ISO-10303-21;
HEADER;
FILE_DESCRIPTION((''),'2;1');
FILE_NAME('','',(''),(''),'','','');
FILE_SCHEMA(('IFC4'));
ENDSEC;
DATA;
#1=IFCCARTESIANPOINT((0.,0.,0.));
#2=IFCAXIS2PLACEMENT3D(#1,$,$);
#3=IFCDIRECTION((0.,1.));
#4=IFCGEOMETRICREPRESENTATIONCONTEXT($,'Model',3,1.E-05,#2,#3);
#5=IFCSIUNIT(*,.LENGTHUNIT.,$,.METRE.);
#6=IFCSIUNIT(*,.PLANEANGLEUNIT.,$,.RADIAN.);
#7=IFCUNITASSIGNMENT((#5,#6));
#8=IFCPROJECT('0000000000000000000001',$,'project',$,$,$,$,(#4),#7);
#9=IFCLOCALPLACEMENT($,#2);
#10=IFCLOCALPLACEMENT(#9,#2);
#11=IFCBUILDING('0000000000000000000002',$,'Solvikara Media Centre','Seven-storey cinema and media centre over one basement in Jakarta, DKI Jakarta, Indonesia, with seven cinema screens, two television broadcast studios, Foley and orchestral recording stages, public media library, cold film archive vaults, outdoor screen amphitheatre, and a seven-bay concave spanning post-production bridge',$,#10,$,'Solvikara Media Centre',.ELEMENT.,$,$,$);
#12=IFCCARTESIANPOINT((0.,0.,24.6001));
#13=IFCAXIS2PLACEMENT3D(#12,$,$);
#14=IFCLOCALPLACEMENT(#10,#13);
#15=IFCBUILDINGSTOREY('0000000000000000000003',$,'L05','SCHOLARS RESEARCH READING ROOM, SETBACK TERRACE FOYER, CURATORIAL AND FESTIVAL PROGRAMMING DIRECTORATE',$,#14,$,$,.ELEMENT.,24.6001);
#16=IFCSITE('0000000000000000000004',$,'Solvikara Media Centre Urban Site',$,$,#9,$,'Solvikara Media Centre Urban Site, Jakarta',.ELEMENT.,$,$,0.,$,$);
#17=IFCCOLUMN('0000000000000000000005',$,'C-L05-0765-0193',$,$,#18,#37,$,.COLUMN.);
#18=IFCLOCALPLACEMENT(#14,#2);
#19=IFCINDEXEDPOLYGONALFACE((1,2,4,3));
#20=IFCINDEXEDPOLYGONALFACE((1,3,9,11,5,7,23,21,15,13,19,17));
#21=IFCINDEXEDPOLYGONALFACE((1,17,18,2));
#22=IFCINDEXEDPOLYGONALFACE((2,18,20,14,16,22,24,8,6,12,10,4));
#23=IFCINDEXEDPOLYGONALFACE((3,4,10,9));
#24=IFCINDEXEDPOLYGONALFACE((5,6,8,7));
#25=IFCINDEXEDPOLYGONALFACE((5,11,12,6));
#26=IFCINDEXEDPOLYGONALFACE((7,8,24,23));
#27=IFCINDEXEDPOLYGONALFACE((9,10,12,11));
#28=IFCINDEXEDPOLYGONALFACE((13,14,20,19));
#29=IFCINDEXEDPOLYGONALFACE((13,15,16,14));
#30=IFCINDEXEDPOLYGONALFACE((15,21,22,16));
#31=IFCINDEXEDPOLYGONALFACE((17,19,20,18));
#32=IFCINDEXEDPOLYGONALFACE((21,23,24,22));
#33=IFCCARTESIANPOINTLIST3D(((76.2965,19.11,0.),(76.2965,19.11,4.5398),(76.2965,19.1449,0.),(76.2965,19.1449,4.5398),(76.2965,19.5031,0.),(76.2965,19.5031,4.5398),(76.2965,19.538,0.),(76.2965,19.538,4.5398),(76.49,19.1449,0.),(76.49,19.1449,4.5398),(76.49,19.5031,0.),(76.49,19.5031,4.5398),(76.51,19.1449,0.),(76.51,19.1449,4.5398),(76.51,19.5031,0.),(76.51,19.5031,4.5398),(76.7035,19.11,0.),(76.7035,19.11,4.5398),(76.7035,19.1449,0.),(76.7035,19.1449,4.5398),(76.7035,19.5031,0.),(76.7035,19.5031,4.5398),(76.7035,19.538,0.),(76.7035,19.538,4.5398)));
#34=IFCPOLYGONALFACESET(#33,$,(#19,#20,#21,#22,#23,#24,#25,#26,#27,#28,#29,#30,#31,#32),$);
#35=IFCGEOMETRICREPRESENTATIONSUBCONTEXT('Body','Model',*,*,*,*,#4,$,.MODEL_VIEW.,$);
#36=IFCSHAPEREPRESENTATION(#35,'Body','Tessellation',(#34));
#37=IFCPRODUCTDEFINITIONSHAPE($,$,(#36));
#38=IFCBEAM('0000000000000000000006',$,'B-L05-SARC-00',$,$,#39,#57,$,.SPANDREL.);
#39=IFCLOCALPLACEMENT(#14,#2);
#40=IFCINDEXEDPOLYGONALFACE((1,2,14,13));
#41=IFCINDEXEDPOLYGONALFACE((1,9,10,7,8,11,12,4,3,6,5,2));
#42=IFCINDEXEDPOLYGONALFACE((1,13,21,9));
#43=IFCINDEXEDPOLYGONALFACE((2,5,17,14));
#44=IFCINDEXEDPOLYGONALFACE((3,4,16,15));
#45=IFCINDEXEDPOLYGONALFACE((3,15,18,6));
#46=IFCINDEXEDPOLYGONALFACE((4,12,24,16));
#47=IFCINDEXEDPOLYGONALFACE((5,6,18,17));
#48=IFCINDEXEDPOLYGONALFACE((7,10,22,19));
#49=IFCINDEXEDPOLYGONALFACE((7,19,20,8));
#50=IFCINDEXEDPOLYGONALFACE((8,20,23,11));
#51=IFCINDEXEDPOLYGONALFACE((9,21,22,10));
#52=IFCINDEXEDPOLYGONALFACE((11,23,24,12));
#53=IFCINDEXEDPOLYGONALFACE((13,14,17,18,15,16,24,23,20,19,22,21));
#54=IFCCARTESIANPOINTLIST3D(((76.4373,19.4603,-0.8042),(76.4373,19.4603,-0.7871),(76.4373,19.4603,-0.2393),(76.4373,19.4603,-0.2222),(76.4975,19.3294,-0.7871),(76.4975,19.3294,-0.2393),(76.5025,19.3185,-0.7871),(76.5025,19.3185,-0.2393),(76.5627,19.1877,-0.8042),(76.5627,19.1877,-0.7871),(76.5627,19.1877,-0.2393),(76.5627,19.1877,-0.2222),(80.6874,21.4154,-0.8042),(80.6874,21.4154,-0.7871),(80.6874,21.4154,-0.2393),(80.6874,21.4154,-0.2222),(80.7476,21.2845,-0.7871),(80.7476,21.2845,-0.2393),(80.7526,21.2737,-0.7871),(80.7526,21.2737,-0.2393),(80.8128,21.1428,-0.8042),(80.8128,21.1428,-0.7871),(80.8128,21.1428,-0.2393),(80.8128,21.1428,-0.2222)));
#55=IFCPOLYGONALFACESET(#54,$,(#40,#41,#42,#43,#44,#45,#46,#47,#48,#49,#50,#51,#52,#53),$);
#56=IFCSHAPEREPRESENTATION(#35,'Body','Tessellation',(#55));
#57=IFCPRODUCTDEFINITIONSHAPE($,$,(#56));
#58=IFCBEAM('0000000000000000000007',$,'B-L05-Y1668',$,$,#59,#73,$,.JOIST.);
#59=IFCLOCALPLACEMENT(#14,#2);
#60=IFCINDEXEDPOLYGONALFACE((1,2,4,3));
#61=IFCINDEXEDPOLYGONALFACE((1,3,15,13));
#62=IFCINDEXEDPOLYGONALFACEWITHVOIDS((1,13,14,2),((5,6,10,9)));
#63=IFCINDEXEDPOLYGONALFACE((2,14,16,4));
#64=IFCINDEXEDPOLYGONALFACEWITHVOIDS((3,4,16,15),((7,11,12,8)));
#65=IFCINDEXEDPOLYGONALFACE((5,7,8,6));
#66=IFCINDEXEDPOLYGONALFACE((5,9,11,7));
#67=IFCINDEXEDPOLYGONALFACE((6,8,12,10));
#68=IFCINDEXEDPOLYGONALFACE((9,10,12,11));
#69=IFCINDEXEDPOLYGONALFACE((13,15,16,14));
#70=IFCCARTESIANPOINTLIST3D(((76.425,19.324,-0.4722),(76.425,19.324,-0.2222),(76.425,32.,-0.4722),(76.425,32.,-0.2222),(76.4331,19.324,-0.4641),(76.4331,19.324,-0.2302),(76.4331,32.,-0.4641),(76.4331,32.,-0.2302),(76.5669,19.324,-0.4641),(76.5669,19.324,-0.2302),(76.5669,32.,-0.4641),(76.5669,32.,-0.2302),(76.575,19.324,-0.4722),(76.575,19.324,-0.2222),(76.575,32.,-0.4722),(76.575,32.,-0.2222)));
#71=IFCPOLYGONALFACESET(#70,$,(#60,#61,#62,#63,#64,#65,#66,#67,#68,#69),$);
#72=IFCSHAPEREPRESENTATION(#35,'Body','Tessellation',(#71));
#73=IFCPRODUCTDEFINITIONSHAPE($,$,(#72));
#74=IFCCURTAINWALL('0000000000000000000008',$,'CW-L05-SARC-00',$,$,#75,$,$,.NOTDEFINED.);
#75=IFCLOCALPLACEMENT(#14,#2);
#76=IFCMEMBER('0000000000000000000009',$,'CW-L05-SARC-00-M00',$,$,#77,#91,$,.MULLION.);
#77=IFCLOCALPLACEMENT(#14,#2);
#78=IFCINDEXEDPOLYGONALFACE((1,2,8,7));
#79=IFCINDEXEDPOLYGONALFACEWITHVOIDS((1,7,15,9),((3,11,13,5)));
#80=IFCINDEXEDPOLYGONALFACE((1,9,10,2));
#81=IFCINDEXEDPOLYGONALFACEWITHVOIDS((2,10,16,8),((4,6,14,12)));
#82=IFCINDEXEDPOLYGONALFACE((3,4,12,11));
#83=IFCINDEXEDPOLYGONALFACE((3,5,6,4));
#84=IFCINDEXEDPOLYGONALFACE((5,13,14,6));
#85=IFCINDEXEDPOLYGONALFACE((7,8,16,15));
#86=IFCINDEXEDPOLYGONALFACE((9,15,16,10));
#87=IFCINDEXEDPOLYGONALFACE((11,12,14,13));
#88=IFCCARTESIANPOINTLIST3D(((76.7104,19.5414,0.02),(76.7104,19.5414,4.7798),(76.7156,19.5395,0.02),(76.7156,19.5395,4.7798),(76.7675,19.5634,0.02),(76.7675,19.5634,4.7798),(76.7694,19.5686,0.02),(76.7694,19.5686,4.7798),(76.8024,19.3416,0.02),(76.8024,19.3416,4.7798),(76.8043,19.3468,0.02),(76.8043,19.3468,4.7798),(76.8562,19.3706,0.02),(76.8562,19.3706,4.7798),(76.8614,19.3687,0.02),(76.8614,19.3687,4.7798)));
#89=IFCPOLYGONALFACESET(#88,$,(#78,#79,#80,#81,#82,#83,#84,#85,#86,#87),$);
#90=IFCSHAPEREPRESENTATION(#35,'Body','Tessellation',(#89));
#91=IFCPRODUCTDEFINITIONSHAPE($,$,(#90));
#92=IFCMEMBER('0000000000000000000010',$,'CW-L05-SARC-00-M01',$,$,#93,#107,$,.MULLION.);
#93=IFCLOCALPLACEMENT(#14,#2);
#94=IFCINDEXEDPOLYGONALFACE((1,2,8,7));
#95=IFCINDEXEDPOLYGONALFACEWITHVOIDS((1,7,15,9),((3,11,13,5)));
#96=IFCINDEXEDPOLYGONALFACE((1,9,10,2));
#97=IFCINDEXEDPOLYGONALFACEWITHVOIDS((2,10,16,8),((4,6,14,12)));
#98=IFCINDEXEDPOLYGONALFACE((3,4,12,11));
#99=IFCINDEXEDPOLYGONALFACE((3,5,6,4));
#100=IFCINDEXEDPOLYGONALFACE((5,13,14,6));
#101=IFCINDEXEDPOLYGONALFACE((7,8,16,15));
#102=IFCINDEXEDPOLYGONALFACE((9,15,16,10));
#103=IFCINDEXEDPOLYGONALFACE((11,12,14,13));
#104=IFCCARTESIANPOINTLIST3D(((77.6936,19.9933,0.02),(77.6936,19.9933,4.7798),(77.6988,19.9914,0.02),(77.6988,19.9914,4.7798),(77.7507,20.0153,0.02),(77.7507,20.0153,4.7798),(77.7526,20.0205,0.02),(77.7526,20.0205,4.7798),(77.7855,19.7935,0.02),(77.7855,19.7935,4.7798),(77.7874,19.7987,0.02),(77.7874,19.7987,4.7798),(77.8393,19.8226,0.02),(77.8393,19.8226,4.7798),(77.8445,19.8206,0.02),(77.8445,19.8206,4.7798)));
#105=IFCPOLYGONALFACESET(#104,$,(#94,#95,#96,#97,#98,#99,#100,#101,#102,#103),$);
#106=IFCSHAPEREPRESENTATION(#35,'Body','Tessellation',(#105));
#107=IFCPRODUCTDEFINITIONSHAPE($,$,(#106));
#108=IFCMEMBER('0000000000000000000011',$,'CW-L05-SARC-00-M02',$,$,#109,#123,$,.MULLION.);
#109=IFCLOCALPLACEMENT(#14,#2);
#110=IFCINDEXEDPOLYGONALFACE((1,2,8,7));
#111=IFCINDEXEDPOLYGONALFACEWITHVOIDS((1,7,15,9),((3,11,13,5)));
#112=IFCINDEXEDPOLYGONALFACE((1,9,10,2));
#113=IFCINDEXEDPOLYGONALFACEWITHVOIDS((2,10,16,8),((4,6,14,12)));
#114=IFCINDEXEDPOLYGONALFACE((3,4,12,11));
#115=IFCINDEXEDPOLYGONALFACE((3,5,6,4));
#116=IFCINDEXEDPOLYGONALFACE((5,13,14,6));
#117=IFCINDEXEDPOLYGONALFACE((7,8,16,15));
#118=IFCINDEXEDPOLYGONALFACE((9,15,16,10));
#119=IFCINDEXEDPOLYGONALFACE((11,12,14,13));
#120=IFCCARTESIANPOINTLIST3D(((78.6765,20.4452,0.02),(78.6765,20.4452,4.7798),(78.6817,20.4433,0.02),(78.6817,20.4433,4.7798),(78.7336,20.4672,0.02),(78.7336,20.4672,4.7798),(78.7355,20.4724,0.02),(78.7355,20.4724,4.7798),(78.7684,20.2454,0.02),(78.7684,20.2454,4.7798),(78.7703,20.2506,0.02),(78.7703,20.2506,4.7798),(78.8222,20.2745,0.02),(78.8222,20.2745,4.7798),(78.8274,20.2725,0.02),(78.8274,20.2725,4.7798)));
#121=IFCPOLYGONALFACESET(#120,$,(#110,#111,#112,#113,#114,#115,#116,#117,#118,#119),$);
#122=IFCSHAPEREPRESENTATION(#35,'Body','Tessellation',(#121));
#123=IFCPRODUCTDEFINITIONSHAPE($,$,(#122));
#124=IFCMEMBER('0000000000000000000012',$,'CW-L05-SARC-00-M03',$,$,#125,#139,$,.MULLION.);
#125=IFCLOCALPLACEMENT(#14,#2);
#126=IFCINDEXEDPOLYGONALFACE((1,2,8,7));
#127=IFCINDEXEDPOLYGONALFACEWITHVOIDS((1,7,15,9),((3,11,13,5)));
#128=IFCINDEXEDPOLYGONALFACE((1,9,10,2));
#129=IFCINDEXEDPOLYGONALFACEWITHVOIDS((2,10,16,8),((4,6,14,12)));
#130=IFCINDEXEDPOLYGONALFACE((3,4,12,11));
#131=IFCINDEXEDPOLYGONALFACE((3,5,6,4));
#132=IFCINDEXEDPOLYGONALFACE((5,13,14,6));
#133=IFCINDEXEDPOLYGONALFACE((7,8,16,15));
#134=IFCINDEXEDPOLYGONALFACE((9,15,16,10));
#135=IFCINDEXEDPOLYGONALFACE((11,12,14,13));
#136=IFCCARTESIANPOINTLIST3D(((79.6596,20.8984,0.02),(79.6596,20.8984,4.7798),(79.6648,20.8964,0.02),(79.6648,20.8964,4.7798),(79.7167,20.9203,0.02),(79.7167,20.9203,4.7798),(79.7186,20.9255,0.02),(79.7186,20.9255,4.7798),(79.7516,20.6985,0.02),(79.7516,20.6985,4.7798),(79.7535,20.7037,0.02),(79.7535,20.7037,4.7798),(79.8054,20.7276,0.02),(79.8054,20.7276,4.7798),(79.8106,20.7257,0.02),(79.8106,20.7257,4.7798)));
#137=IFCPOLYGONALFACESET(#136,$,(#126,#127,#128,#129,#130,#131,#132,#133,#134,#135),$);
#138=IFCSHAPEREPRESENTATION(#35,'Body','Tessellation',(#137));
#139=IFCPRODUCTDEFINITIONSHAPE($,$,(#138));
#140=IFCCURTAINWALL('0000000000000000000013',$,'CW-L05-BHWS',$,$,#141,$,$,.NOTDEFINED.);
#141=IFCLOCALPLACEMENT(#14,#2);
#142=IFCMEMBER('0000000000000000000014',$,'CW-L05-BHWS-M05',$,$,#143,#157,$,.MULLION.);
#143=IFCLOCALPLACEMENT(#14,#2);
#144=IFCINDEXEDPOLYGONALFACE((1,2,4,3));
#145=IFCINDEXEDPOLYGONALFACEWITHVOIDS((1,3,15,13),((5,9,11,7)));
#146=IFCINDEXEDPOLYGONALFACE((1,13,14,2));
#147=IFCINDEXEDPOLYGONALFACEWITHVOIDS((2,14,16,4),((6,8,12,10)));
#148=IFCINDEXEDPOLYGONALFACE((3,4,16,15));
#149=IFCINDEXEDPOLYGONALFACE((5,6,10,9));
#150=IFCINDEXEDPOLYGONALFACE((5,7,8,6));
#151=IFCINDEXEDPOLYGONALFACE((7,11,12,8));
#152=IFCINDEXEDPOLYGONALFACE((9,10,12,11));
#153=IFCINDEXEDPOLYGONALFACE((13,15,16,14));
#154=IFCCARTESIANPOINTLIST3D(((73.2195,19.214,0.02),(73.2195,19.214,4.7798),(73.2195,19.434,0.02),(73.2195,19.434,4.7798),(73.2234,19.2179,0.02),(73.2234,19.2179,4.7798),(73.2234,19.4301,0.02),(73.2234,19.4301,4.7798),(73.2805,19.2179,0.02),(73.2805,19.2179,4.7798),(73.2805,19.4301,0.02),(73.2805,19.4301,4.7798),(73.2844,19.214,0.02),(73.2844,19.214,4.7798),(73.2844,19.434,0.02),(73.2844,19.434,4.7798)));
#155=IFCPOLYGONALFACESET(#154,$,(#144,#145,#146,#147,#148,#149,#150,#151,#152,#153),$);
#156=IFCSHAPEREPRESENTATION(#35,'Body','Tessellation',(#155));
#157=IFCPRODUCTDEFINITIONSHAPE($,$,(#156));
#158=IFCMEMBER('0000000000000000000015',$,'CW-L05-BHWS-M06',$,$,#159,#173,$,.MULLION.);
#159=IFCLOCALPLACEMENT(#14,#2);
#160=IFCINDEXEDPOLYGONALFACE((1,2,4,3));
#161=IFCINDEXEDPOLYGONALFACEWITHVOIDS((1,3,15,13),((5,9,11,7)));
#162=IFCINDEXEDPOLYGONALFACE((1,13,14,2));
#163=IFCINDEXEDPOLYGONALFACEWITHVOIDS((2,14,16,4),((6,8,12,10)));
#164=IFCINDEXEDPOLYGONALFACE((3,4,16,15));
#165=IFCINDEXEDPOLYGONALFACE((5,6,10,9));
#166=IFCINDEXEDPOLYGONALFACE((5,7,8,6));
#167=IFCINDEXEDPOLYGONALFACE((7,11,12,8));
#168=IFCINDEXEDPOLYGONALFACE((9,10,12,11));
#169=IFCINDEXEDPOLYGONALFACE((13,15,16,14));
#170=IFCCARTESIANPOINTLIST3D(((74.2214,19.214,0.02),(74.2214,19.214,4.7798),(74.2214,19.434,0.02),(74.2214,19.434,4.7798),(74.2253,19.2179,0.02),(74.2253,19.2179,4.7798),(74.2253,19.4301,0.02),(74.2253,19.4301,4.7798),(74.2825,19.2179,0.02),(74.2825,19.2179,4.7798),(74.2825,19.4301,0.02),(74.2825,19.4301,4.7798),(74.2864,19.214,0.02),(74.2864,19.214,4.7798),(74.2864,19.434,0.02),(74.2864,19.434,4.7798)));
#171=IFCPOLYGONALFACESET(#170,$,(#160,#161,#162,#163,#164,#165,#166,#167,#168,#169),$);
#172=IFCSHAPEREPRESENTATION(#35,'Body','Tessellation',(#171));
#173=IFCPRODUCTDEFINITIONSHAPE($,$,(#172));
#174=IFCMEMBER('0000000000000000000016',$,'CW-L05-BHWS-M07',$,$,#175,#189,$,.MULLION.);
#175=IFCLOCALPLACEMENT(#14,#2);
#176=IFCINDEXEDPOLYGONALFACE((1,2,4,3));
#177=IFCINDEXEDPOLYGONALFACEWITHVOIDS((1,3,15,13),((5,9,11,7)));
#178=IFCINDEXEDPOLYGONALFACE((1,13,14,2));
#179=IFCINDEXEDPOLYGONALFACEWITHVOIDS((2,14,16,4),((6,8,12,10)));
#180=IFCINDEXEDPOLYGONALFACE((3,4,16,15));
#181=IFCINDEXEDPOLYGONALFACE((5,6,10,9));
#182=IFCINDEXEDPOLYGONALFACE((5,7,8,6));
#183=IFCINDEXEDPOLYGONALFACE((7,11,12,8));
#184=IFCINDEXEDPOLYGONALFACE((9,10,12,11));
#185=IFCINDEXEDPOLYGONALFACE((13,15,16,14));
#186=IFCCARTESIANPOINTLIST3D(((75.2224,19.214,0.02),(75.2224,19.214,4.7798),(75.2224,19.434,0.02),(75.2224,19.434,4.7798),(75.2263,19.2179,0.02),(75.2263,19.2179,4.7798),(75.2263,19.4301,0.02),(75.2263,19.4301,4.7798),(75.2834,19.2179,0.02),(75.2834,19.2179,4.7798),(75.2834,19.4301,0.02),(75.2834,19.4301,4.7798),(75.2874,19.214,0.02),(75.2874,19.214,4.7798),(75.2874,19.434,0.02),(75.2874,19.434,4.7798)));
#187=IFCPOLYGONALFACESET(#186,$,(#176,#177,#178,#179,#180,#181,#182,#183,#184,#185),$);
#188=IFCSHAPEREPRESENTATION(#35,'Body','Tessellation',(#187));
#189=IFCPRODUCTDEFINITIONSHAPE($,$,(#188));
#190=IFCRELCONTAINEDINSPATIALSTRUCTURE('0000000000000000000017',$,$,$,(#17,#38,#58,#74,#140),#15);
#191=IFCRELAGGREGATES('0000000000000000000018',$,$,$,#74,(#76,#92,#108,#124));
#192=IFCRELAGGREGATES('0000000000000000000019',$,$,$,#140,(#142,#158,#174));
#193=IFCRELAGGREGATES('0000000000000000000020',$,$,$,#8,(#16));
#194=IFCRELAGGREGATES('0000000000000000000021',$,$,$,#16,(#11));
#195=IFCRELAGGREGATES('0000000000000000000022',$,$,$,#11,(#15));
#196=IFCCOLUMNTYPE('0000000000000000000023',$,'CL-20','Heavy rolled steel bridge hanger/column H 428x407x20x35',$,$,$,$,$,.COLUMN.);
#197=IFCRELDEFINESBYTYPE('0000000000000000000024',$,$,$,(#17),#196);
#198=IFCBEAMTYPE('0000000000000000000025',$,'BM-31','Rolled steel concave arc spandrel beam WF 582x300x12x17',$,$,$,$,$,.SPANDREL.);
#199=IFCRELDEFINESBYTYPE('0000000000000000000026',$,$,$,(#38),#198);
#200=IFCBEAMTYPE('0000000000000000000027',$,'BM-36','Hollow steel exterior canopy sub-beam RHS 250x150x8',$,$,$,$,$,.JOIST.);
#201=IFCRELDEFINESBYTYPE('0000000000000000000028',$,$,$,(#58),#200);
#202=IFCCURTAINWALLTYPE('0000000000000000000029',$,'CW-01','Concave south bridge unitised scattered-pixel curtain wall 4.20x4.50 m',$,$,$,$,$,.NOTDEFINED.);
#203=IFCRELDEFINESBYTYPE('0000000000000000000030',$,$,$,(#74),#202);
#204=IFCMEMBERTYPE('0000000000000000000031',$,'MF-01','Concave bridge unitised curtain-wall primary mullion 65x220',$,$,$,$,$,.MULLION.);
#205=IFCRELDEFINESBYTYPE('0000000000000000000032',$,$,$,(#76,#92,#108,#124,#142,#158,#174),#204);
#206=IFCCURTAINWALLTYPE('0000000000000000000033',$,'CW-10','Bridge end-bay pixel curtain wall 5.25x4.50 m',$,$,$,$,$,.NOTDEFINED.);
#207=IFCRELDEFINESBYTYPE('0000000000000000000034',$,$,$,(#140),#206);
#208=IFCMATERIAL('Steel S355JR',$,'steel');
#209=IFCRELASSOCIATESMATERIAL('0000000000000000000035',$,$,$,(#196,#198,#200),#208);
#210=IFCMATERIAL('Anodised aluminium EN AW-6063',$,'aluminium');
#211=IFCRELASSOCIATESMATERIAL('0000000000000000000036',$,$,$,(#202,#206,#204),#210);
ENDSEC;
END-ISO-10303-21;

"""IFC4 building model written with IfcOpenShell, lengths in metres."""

from ifc_helpers import new_model, si_unit, direction, frame, origin, origin_2d, place, context, subcontext, project, spatial, hollow_rectangle, i_section, extrude, material, material_profile, profile_set, type_object, element, aggregate, save


model = new_model("IFC4")

# Units and contexts
model_context = context("Model", 3, precision=1e-05, world=origin(), true_north=direction((0.0, 1.0)))
body_context = subcontext(model_context, "Body", "Model", "MODEL_VIEW")
ifc_project = project(units=[si_unit("LENGTHUNIT", "METRE"), si_unit("PLANEANGLEUNIT", "RADIAN")], contexts=[model_context])

# Site, building, storey
site_placement = place(None, origin())
site = spatial("IfcSite", under=ifc_project, at=site_placement, Name="Solvikara Media Centre Urban Site", LongName="Solvikara Media Centre Urban Site, Jakarta", CompositionType="ELEMENT", RefElevation=0.0)
building_placement = place(site_placement, origin())
building = spatial("IfcBuilding", under=site, at=building_placement, Name="Solvikara Media Centre", Description="Seven-storey cinema and media centre over one basement in Jakarta, DKI Jakarta, Indonesia, with seven cinema screens, two television broadcast studios, Foley and orchestral recording stages, public media library, cold film archive vaults, outdoor screen amphitheatre, and a seven-bay concave spanning post-production bridge", LongName="Solvikara Media Centre", CompositionType="ELEMENT")
storey_placement = place(building_placement, frame((0.0, 0.0, 24.6001)))
storey = spatial("IfcBuildingStorey", under=building, at=storey_placement, Name="L05", Description="SCHOLARS RESEARCH READING ROOM, SETBACK TERRACE FOYER, CURATORIAL AND FESTIVAL PROGRAMMING DIRECTORATE", CompositionType="ELEMENT", Elevation=24.6001)

# Column
ifc_material_1 = material(Name="Steel S355JR", Category="steel")
ifc_material_profile_1 = material_profile(ifc_material_1, i_section(OverallWidth=0.407, OverallDepth=0.428, WebThickness=0.02, FlangeThickness=0.0349, at=origin_2d()), Name="H 428x407x20x35")
ifc_profile_set_1 = profile_set([ifc_material_profile_1], Name="Steel S355JR")
column_type = type_object("IfcColumnType", Name="CL-20", Description="Heavy rolled steel bridge hanger/column H 428x407x20x35", PredefinedType="COLUMN", material=ifc_profile_set_1)
column_placement = place(storey_placement, frame((76.5, 19.324, 0.0), z_axis=(0.0, 0.0, 1.0), x_axis=(1.0, 0.0, 0.0)))
element("IfcColumn", 1, at=column_placement, inside=storey, type_object=column_type, Name="C-L05-0765-0193", PredefinedType="COLUMN", context=body_context, shape_type="SweptSolid", body=[
    extrude(i_section(OverallWidth=0.407, OverallDepth=0.428, WebThickness=0.02, FlangeThickness=0.0349, at=origin_2d()), origin(), (0.0, 0.0, 1.0), 4.5398),
])

# Beams
ifc_material_profile_2 = material_profile(ifc_material_1, i_section(OverallWidth=0.3, OverallDepth=0.582, WebThickness=0.012, FlangeThickness=0.0171, at=origin_2d()), Name="WF 582x300x12x17")
ifc_profile_set_2 = profile_set([ifc_material_profile_2], Name="Steel S355JR")
beam_type_1 = type_object("IfcBeamType", Name="BM-31", Description="Rolled steel concave arc spandrel beam WF 582x300x12x17", PredefinedType="SPANDREL", material=ifc_profile_set_2)
beam_1_placement = place(storey_placement, frame((76.5, 19.324, -0.5132), z_axis=(0.908484, 0.417919, 0.0), x_axis=(-0.417919, 0.908484, 0.0)))
element("IfcBeam", 2, at=beam_1_placement, inside=storey, type_object=beam_type_1, Name="B-L05-SARC-00", PredefinedType="SPANDREL", context=body_context, shape_type="SweptSolid", body=[
    extrude(i_section(OverallWidth=0.3, OverallDepth=0.582, WebThickness=0.012, FlangeThickness=0.0171, at=origin_2d()), origin(), (0.0, 0.0, 1.0), 4.6782),
])
ifc_material_profile_3 = material_profile(ifc_material_1, hollow_rectangle(XDim=0.1499, YDim=0.25, WallThickness=0.0081, at=origin_2d()), Name="RHS 250x150x8")
ifc_profile_set_3 = profile_set([ifc_material_profile_3], Name="Steel S355JR")
beam_type_2 = type_object("IfcBeamType", Name="BM-36", Description="Hollow steel exterior canopy sub-beam RHS 250x150x8", PredefinedType="JOIST", material=ifc_profile_set_3)
beam_2_placement = place(storey_placement, frame((76.5, 19.324, -0.3472), z_axis=(0.0, 1.0, 0.0), x_axis=(-1.0, 0.0, 0.0)))
element("IfcBeam", 3, at=beam_2_placement, inside=storey, type_object=beam_type_2, Name="B-L05-Y1668", PredefinedType="JOIST", context=body_context, shape_type="SweptSolid", body=[
    extrude(hollow_rectangle(XDim=0.1499, YDim=0.25, WallThickness=0.0081, at=origin_2d()), origin(), (0.0, 0.0, 1.0), 12.676),
])

# Curtain walls, members
ifc_material_2 = material(Name="Anodised aluminium EN AW-6063", Category="aluminium")
curtain_wall_type_1 = type_object("IfcCurtainWallType", Name="CW-01", Description="Concave south bridge unitised scattered-pixel curtain wall 4.20x4.50 m", PredefinedType="NOTDEFINED", material=ifc_material_2)
curtain_wall_1_placement = place(storey_placement, origin())
curtain_wall_1 = element("IfcCurtainWall", 4, at=curtain_wall_1_placement, inside=storey, type_object=curtain_wall_type_1, Name="CW-L05-SARC-00", PredefinedType="NOTDEFINED")
ifc_material_profile_4 = material_profile(ifc_material_2, hollow_rectangle(XDim=0.0649, YDim=0.22, WallThickness=0.0039, at=origin_2d()), Name="ALU-M 65x220x4")
ifc_profile_set_4 = profile_set([ifc_material_profile_4], Name="Anodised aluminium EN AW-6063")
member_type_1 = type_object("IfcMemberType", Name="MF-01", Description="Concave bridge unitised curtain-wall primary mullion 65x220", PredefinedType="MULLION", material=ifc_profile_set_4)
member_1_placement = place(storey_placement, frame((76.7859, 19.4551, 0.02), z_axis=(0.0, 0.0, 1.0), x_axis=(0.908464, 0.417962, 0.0)))
member_1 = element("IfcMember", 5, at=member_1_placement, type_object=member_type_1, Name="CW-L05-SARC-00-M00", PredefinedType="MULLION", context=body_context, shape_type="SweptSolid", body=[
    extrude(hollow_rectangle(XDim=0.0649, YDim=0.22, WallThickness=0.0039, at=origin_2d()), origin(), (0.0, 0.0, 1.0), 4.7598),
])
member_2_placement = place(storey_placement, frame((77.769, 19.907, 0.02), z_axis=(0.0, 0.0, 1.0), x_axis=(0.908464, 0.417962, 0.0)))
member_2 = element("IfcMember", 6, at=member_2_placement, type_object=member_type_1, Name="CW-L05-SARC-00-M01", PredefinedType="MULLION", context=body_context, shape_type="SweptSolid", body=[
    extrude(hollow_rectangle(XDim=0.0649, YDim=0.22, WallThickness=0.0039, at=origin_2d()), origin(), (0.0, 0.0, 1.0), 4.7598),
])
member_3_placement = place(storey_placement, frame((78.752, 20.3589, 0.02), z_axis=(0.0, 0.0, 1.0), x_axis=(0.908464, 0.417962, 0.0)))
member_3 = element("IfcMember", 7, at=member_3_placement, type_object=member_type_1, Name="CW-L05-SARC-00-M02", PredefinedType="MULLION", context=body_context, shape_type="SweptSolid", body=[
    extrude(hollow_rectangle(XDim=0.0649, YDim=0.22, WallThickness=0.0039, at=origin_2d()), origin(), (0.0, 0.0, 1.0), 4.7598),
])
member_4_placement = place(storey_placement, frame((79.7351, 20.812, 0.02), z_axis=(0.0, 0.0, 1.0), x_axis=(0.908464, 0.417962, 0.0)))
member_4 = element("IfcMember", 8, at=member_4_placement, type_object=member_type_1, Name="CW-L05-SARC-00-M03", PredefinedType="MULLION", context=body_context, shape_type="SweptSolid", body=[
    extrude(hollow_rectangle(XDim=0.0649, YDim=0.22, WallThickness=0.0039, at=origin_2d()), origin(), (0.0, 0.0, 1.0), 4.7598),
])
curtain_wall_type_2 = type_object("IfcCurtainWallType", Name="CW-10", Description="Bridge end-bay pixel curtain wall 5.25x4.50 m", PredefinedType="NOTDEFINED", material=ifc_material_2)
curtain_wall_2_placement = place(storey_placement, origin())
curtain_wall_2 = element("IfcCurtainWall", 9, at=curtain_wall_2_placement, inside=storey, type_object=curtain_wall_type_2, Name="CW-L05-BHWS", PredefinedType="NOTDEFINED")
member_5_placement = place(storey_placement, frame((73.252, 19.324, 0.02), z_axis=(0.0, 0.0, 1.0), x_axis=(1.0, 0.0, 0.0)))
member_5 = element("IfcMember", 10, at=member_5_placement, type_object=member_type_1, Name="CW-L05-BHWS-M05", PredefinedType="MULLION", context=body_context, shape_type="SweptSolid", body=[
    extrude(hollow_rectangle(XDim=0.0649, YDim=0.22, WallThickness=0.0039, at=origin_2d()), origin(), (0.0, 0.0, 1.0), 4.7598),
])
member_6_placement = place(storey_placement, frame((74.2539, 19.324, 0.02), z_axis=(0.0, 0.0, 1.0), x_axis=(1.0, 0.0, 0.0)))
member_6 = element("IfcMember", 11, at=member_6_placement, type_object=member_type_1, Name="CW-L05-BHWS-M06", PredefinedType="MULLION", context=body_context, shape_type="SweptSolid", body=[
    extrude(hollow_rectangle(XDim=0.0649, YDim=0.22, WallThickness=0.0039, at=origin_2d()), origin(), (0.0, 0.0, 1.0), 4.7598),
])
member_7_placement = place(storey_placement, frame((75.2549, 19.324, 0.02), z_axis=(0.0, 0.0, 1.0), x_axis=(1.0, 0.0, 0.0)))
member_7 = element("IfcMember", 12, at=member_7_placement, type_object=member_type_1, Name="CW-L05-BHWS-M07", PredefinedType="MULLION", context=body_context, shape_type="SweptSolid", body=[
    extrude(hollow_rectangle(XDim=0.0649, YDim=0.22, WallThickness=0.0039, at=origin_2d()), origin(), (0.0, 0.0, 1.0), 4.7598),
])

aggregate(curtain_wall_1, [member_1, member_2, member_3, member_4])
aggregate(curtain_wall_2, [member_5, member_6, member_7])

save(model, "model.ifc")
